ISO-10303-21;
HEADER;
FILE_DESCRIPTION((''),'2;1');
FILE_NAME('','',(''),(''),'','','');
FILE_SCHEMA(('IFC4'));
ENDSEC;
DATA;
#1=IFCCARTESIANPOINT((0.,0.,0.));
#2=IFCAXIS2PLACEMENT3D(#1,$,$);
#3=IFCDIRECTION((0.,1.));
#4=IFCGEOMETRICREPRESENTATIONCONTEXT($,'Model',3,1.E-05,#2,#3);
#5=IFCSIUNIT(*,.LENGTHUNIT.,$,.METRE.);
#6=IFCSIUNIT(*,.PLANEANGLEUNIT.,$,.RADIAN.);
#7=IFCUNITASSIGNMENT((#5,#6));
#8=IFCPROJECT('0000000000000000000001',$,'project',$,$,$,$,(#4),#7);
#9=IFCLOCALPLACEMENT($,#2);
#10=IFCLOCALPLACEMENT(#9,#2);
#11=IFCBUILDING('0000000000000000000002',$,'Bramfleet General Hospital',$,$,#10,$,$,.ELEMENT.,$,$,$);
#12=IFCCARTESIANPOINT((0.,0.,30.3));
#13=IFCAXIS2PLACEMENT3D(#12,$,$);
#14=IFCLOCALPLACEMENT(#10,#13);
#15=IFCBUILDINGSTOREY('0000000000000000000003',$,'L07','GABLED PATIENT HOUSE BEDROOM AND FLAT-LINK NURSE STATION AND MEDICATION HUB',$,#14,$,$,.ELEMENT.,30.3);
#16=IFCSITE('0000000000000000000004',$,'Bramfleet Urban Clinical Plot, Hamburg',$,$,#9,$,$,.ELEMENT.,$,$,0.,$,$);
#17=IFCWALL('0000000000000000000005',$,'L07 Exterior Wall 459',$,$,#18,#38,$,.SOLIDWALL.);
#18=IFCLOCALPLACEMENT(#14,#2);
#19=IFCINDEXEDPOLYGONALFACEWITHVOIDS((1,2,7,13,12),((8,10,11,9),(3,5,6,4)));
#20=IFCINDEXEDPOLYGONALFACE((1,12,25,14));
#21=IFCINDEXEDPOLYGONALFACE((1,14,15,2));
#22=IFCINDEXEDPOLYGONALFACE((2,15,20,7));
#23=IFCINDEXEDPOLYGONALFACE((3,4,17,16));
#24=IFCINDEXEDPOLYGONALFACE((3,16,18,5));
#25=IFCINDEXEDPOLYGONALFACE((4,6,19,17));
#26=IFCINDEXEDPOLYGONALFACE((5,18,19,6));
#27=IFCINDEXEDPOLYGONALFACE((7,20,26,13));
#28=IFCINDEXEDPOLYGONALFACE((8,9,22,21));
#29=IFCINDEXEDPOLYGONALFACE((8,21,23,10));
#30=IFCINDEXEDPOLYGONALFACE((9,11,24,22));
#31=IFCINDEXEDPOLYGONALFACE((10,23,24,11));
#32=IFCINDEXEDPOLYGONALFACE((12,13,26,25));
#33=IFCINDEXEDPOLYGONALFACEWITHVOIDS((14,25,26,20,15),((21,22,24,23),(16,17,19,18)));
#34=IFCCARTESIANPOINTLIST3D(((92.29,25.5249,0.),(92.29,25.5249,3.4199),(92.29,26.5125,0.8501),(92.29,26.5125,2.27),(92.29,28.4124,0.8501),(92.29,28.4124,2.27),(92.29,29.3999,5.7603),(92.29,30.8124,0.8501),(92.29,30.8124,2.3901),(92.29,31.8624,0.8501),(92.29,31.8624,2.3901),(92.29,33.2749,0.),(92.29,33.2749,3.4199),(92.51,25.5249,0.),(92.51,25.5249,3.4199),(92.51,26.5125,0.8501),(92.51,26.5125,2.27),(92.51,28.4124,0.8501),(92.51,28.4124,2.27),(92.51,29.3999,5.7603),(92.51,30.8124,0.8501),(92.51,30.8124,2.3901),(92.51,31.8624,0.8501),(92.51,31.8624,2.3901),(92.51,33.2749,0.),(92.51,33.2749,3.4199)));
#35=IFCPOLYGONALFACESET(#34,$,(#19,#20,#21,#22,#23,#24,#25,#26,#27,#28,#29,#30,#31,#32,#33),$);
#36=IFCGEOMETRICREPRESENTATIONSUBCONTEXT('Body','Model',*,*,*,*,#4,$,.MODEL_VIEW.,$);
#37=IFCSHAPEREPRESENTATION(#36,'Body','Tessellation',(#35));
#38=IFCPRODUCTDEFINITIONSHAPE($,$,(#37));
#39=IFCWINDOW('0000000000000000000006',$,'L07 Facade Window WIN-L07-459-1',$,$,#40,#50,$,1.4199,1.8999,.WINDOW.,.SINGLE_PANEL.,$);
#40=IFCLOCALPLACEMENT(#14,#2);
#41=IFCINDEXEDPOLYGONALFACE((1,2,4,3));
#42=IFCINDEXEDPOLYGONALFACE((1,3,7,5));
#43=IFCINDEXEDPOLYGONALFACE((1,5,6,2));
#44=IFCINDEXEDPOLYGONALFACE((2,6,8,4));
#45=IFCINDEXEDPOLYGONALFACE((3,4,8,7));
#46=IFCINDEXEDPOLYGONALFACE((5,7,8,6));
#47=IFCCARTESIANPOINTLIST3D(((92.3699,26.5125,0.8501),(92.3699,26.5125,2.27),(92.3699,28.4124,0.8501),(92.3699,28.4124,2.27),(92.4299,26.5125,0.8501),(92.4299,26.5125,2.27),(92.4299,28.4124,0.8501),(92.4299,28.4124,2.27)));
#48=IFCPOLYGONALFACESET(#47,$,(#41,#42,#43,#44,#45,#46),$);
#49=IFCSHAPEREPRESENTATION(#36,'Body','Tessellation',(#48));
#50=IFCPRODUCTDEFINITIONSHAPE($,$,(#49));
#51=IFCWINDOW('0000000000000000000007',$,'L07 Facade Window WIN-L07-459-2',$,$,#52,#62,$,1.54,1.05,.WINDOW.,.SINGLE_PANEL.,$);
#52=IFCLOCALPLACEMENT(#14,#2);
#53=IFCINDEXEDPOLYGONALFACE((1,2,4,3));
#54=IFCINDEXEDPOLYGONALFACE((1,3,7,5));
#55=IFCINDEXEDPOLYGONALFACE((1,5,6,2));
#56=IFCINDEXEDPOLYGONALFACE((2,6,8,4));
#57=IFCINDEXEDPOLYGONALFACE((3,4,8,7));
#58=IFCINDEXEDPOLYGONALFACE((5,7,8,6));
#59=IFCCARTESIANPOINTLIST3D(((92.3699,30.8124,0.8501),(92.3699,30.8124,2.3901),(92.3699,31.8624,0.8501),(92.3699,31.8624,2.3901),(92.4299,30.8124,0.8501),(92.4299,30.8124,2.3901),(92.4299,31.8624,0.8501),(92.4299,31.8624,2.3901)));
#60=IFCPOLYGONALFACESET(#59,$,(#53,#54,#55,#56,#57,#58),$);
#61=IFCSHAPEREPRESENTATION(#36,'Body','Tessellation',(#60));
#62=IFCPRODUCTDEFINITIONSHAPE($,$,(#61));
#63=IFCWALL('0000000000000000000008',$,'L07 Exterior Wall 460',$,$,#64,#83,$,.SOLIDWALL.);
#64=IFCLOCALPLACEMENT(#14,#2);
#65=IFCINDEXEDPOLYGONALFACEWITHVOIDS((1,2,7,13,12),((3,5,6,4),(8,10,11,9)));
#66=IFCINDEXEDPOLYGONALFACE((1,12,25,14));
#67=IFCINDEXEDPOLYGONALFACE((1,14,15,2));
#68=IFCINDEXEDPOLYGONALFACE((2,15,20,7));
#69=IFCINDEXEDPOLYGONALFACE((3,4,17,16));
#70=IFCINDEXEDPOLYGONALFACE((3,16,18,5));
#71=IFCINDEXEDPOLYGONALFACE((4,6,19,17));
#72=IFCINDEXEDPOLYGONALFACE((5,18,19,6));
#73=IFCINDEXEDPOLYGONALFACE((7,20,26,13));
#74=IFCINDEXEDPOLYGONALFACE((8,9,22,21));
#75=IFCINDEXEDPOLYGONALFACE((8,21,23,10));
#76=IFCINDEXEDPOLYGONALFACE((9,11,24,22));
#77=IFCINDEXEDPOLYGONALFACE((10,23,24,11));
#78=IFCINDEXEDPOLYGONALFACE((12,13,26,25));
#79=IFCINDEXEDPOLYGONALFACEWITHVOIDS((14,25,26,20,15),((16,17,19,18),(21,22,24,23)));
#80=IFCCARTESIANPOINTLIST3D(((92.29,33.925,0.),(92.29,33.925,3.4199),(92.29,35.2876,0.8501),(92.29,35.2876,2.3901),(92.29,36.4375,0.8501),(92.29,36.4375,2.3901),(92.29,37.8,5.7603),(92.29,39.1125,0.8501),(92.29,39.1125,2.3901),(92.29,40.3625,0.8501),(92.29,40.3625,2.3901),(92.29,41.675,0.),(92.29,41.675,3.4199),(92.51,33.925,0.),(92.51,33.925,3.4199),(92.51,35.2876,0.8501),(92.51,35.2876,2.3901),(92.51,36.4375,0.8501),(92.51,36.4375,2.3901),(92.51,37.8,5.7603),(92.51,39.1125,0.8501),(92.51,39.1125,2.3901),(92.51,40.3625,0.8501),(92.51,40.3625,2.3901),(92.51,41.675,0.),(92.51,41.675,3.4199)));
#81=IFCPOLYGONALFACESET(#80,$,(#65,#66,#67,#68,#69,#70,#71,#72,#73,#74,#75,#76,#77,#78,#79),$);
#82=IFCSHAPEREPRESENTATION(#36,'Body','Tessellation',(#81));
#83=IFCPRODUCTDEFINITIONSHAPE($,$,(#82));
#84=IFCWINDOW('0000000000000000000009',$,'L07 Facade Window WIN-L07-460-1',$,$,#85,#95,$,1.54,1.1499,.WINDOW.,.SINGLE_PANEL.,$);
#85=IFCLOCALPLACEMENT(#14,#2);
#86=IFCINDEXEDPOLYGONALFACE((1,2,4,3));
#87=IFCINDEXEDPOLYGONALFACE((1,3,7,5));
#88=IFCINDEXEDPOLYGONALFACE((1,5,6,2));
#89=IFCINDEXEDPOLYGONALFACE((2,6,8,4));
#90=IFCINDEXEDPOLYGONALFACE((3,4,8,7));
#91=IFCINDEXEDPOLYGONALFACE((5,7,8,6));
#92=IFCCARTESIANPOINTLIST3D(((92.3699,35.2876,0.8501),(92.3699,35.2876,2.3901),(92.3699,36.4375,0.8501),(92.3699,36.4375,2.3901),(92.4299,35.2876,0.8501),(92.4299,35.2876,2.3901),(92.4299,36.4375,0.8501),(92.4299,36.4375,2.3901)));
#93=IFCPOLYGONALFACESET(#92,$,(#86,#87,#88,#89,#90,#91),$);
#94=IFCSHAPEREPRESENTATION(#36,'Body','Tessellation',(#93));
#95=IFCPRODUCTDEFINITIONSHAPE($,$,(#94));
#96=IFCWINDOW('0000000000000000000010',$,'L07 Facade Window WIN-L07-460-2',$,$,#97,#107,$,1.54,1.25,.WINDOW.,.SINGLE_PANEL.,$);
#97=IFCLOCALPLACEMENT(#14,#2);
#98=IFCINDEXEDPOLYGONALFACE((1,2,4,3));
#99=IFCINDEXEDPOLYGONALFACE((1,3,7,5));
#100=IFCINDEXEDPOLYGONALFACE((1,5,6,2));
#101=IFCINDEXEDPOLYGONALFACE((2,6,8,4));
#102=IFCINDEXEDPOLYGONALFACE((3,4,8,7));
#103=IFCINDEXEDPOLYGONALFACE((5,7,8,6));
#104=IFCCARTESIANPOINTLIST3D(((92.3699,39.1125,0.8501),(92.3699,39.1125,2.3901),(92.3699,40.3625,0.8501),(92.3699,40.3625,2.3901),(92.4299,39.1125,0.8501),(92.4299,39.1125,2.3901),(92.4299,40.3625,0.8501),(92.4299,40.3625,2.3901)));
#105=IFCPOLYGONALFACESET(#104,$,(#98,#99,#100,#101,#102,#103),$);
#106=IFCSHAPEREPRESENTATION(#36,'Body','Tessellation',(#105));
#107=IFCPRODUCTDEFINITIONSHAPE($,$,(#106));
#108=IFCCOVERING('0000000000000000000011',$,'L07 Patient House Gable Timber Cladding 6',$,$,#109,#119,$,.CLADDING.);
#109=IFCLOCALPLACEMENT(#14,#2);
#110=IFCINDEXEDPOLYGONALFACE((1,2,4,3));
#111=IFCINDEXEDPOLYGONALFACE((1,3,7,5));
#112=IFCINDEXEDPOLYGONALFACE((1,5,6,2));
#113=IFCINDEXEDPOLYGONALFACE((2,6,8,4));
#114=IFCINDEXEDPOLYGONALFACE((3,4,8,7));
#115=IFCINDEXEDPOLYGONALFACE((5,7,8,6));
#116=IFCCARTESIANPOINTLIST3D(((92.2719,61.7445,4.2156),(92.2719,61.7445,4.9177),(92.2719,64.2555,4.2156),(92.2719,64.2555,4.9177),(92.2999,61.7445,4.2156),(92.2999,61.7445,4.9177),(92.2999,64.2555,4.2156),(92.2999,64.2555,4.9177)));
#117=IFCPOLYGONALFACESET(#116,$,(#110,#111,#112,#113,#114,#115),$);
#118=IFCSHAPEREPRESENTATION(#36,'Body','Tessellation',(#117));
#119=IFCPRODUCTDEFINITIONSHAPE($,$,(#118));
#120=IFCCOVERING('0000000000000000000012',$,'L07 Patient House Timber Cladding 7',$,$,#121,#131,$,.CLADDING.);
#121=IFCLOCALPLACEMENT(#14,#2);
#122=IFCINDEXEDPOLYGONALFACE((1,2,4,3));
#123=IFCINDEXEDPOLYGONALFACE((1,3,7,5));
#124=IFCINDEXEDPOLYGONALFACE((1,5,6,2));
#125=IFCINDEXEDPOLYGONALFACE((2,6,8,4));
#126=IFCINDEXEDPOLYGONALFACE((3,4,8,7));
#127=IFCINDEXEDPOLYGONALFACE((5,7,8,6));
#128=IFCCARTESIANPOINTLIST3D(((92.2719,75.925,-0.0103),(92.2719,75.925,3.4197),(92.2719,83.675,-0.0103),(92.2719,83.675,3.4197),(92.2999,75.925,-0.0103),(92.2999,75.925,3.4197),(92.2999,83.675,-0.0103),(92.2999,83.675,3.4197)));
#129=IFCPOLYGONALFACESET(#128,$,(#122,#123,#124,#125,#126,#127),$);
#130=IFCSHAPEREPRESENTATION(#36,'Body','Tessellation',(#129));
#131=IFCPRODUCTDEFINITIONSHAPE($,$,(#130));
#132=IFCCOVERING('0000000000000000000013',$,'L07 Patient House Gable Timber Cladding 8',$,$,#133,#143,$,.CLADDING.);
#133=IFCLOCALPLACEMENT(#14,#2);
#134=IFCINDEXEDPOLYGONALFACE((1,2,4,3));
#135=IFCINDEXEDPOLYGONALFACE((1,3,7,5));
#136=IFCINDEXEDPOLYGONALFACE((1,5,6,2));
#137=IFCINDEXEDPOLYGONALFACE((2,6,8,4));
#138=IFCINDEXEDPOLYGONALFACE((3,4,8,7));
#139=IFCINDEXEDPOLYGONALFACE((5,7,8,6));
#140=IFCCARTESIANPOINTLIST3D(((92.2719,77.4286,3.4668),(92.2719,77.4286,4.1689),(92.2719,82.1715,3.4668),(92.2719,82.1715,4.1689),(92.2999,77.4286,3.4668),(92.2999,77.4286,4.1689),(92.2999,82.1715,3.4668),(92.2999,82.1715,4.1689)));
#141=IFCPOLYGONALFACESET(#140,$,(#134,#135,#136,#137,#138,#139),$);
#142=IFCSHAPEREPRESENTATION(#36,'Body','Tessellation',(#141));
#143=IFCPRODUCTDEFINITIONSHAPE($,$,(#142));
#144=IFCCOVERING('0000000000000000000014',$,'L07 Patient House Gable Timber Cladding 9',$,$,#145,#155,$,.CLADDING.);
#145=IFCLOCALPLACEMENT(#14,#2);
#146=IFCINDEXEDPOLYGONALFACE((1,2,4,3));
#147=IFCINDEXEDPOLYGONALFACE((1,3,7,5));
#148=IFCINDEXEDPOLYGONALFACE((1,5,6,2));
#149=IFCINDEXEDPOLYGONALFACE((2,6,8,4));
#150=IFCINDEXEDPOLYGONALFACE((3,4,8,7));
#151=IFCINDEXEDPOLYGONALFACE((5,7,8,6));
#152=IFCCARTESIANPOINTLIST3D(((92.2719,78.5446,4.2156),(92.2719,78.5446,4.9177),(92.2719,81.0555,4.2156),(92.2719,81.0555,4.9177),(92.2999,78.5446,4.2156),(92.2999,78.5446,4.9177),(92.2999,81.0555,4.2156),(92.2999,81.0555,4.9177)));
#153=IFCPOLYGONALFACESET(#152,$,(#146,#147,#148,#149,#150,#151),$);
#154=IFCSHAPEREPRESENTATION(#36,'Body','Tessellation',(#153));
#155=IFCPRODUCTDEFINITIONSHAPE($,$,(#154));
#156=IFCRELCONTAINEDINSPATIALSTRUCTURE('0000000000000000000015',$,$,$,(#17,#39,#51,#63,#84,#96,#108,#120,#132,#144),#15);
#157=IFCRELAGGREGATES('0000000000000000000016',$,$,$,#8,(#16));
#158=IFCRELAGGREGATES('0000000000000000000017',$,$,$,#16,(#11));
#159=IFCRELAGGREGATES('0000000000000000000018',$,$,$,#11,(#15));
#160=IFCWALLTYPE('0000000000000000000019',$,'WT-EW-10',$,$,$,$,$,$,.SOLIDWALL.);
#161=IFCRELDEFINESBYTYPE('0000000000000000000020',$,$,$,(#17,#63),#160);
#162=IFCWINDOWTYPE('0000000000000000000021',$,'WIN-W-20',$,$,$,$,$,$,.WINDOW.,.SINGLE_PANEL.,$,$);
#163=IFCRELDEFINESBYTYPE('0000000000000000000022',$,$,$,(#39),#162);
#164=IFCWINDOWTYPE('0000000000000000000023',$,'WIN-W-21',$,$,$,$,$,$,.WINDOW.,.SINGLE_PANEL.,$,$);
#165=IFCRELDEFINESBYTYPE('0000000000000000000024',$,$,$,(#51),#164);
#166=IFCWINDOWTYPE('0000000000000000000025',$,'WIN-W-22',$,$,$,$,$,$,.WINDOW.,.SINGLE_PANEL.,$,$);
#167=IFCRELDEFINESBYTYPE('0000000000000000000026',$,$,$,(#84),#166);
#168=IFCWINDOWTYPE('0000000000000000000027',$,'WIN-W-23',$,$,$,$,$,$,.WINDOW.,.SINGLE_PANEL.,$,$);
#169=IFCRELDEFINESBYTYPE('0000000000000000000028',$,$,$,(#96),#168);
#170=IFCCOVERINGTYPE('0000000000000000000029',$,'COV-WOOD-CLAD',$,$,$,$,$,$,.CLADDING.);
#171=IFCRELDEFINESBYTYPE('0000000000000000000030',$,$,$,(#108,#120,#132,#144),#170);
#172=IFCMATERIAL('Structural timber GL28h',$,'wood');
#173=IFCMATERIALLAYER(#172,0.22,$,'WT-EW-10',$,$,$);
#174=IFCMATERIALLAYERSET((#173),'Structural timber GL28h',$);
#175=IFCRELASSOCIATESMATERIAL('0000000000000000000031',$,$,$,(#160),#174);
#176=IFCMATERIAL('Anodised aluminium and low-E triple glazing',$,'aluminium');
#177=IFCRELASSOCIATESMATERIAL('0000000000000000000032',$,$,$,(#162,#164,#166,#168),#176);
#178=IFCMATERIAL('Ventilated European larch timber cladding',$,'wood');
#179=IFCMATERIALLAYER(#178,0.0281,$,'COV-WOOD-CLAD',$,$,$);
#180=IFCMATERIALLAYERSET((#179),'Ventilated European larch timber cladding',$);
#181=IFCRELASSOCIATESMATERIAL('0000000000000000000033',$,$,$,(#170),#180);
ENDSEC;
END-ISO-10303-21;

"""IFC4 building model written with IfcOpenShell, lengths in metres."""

from ifc_helpers import new_model, si_unit, direction, frame, frame_2d, origin, origin_2d, place, context, subcontext, project, spatial, polyline, rectangle, outline, extrude, material, layer, layer_set, type_object, element, fill, save


model = new_model("IFC4")

# Units and contexts
model_context = context("Model", 3, precision=1e-05, world=origin(), true_north=direction((0.0, 1.0)))
body_context = subcontext(model_context, "Body", "Model", "MODEL_VIEW")
ifc_project = project(units=[si_unit("LENGTHUNIT", "METRE"), si_unit("PLANEANGLEUNIT", "RADIAN")], contexts=[model_context])

# Site, building, storey
site_placement = place(None, origin())
site = spatial("IfcSite", under=ifc_project, at=site_placement, Name="Bramfleet Urban Clinical Plot, Hamburg", CompositionType="ELEMENT", RefElevation=0.0)
building_placement = place(site_placement, origin())
building = spatial("IfcBuilding", under=site, at=building_placement, Name="Bramfleet General Hospital", CompositionType="ELEMENT")
storey_placement = place(building_placement, frame((0.0, 0.0, 30.3)))
storey = spatial("IfcBuildingStorey", under=building, at=storey_placement, Name="L07", Description="GABLED PATIENT HOUSE BEDROOM AND FLAT-LINK NURSE STATION AND MEDICATION HUB", CompositionType="ELEMENT", Elevation=30.3)

# Walls, openings, windows
ifc_material_1 = material(Name="Structural timber GL28h", Category="wood")
ifc_layer_1 = layer(ifc_material_1, 0.22, Name="WT-EW-10")
ifc_layer_set_1 = layer_set([ifc_layer_1], Name="Structural timber GL28h")
wall_type = type_object("IfcWallType", Name="WT-EW-10", PredefinedType="SOLIDWALL", material=ifc_layer_set_1)
wall_1_placement = place(storey_placement, frame((92.3999, 25.5249, 0.0), z_axis=(0.0, 0.0, 1.0), x_axis=(0.0, 1.0, 0.0)))
wall_1 = element("IfcWall", 1, at=wall_1_placement, inside=storey, type_object=wall_type, Name="L07 Exterior Wall 459", PredefinedType="SOLIDWALL", context=body_context, shape_type="SweptSolid", body=[
    extrude(outline(polyline([(0.0, 0.0), (7.75, 0.0), (7.75, 3.4199), (3.875, 5.7603), (0.0, 3.4199), (0.0, 0.0)])), frame((0.0, 0.1099, 0.0), z_axis=(0.0, -1.0, 0.0), x_axis=(1.0, 0.0, 0.0)), (0.0, 0.0, 1.0), 0.22),
])
opening_1_placement = place(wall_1_placement, frame((0.9875, 0.0, 0.8501)))
opening_1 = element("IfcOpeningElement", 2, at=opening_1_placement, cuts=wall_1, PredefinedType="OPENING", context=body_context, shape_type="SweptSolid", body=[
    extrude(rectangle(XDim=1.8999, YDim=1.4199, at=frame_2d((0.95, 0.71))), frame((0.0, 0.1199, 0.0), z_axis=(0.0, -1.0, 0.0), x_axis=(1.0, 0.0, 0.0)), (0.0, 0.0, 1.0), 0.24),
])
opening_2_placement = place(wall_1_placement, frame((5.2876, 0.0, 0.8501)))
opening_2 = element("IfcOpeningElement", 3, at=opening_2_placement, cuts=wall_1, PredefinedType="OPENING", context=body_context, shape_type="SweptSolid", body=[
    extrude(rectangle(XDim=1.05, YDim=1.54, at=frame_2d((0.5249, 0.77))), frame((0.0, 0.1199, 0.0), z_axis=(0.0, -1.0, 0.0), x_axis=(1.0, 0.0, 0.0)), (0.0, 0.0, 1.0), 0.24),
])
ifc_material_2 = material(Name="Anodised aluminium and low-E triple glazing", Category="aluminium")
window_type_1 = type_object("IfcWindowType", Name="WIN-W-20", PartitioningType="SINGLE_PANEL", PredefinedType="WINDOW", material=ifc_material_2)
window_1_placement = place(opening_1_placement, origin())
window_1 = element("IfcWindow", 4, at=window_1_placement, inside=storey, type_object=window_type_1, Name="L07 Facade Window WIN-L07-459-1", OverallHeight=1.4199, OverallWidth=1.8999, PartitioningType="SINGLE_PANEL", PredefinedType="WINDOW", context=body_context, shape_type="SweptSolid", body=[
    extrude(rectangle(XDim=1.8999, YDim=1.4199, at=frame_2d((0.95, 0.71))), frame((0.0, 0.03, 0.0), z_axis=(0.0, -1.0, 0.0), x_axis=(1.0, 0.0, 0.0)), (0.0, 0.0, 1.0), 0.0601),
])
fill(opening_1, window_1)
window_type_2 = type_object("IfcWindowType", Name="WIN-W-21", PartitioningType="SINGLE_PANEL", PredefinedType="WINDOW", material=ifc_material_2)
window_2_placement = place(opening_2_placement, origin())
window_2 = element("IfcWindow", 5, at=window_2_placement, inside=storey, type_object=window_type_2, Name="L07 Facade Window WIN-L07-459-2", OverallHeight=1.54, OverallWidth=1.05, PartitioningType="SINGLE_PANEL", PredefinedType="WINDOW", context=body_context, shape_type="SweptSolid", body=[
    extrude(rectangle(XDim=1.05, YDim=1.54, at=frame_2d((0.5249, 0.77))), frame((0.0, 0.03, 0.0), z_axis=(0.0, -1.0, 0.0), x_axis=(1.0, 0.0, 0.0)), (0.0, 0.0, 1.0), 0.0601),
])
fill(opening_2, window_2)
wall_2_placement = place(storey_placement, frame((92.3999, 33.925, 0.0), z_axis=(0.0, 0.0, 1.0), x_axis=(0.0, 1.0, 0.0)))
wall_2 = element("IfcWall", 6, at=wall_2_placement, inside=storey, type_object=wall_type, Name="L07 Exterior Wall 460", PredefinedType="SOLIDWALL", context=body_context, shape_type="SweptSolid", body=[
    extrude(outline(polyline([(0.0, 0.0), (7.75, 0.0), (7.75, 3.4199), (3.875, 5.7603), (0.0, 3.4199), (0.0, 0.0)])), frame((0.0, 0.1099, 0.0), z_axis=(0.0, -1.0, 0.0), x_axis=(1.0, 0.0, 0.0)), (0.0, 0.0, 1.0), 0.22),
])
opening_3_placement = place(wall_2_placement, frame((1.3625, 0.0, 0.8501)))
opening_3 = element("IfcOpeningElement", 7, at=opening_3_placement, cuts=wall_2, PredefinedType="OPENING", context=body_context, shape_type="SweptSolid", body=[
    extrude(rectangle(XDim=1.1499, YDim=1.54, at=frame_2d((0.575, 0.77))), frame((0.0, 0.1199, 0.0), z_axis=(0.0, -1.0, 0.0), x_axis=(1.0, 0.0, 0.0)), (0.0, 0.0, 1.0), 0.24),
])
opening_4_placement = place(wall_2_placement, frame((5.1875, 0.0, 0.8501)))
opening_4 = element("IfcOpeningElement", 8, at=opening_4_placement, cuts=wall_2, PredefinedType="OPENING", context=body_context, shape_type="SweptSolid", body=[
    extrude(rectangle(XDim=1.25, YDim=1.54, at=frame_2d((0.625, 0.77))), frame((0.0, 0.1199, 0.0), z_axis=(0.0, -1.0, 0.0), x_axis=(1.0, 0.0, 0.0)), (0.0, 0.0, 1.0), 0.24),
])
window_type_3 = type_object("IfcWindowType", Name="WIN-W-22", PartitioningType="SINGLE_PANEL", PredefinedType="WINDOW", material=ifc_material_2)
window_3_placement = place(opening_3_placement, origin())
window_3 = element("IfcWindow", 9, at=window_3_placement, inside=storey, type_object=window_type_3, Name="L07 Facade Window WIN-L07-460-1", OverallHeight=1.54, OverallWidth=1.1499, PartitioningType="SINGLE_PANEL", PredefinedType="WINDOW", context=body_context, shape_type="SweptSolid", body=[
    extrude(rectangle(XDim=1.1499, YDim=1.54, at=frame_2d((0.575, 0.77))), frame((0.0, 0.03, 0.0), z_axis=(0.0, -1.0, 0.0), x_axis=(1.0, 0.0, 0.0)), (0.0, 0.0, 1.0), 0.0601),
])
fill(opening_3, window_3)
window_type_4 = type_object("IfcWindowType", Name="WIN-W-23", PartitioningType="SINGLE_PANEL", PredefinedType="WINDOW", material=ifc_material_2)
window_4_placement = place(opening_4_placement, origin())
window_4 = element("IfcWindow", 10, at=window_4_placement, inside=storey, type_object=window_type_4, Name="L07 Facade Window WIN-L07-460-2", OverallHeight=1.54, OverallWidth=1.25, PartitioningType="SINGLE_PANEL", PredefinedType="WINDOW", context=body_context, shape_type="SweptSolid", body=[
    extrude(rectangle(XDim=1.25, YDim=1.54, at=frame_2d((0.625, 0.77))), frame((0.0, 0.03, 0.0), z_axis=(0.0, -1.0, 0.0), x_axis=(1.0, 0.0, 0.0)), (0.0, 0.0, 1.0), 0.0601),
])
fill(opening_4, window_4)

# Coverings
ifc_material_3 = material(Name="Ventilated European larch timber cladding", Category="wood")
ifc_layer_2 = layer(ifc_material_3, 0.0281, Name="COV-WOOD-CLAD")
ifc_layer_set_2 = layer_set([ifc_layer_2], Name="Ventilated European larch timber cladding")
covering_type = type_object("IfcCoveringType", Name="COV-WOOD-CLAD", PredefinedType="CLADDING", material=ifc_layer_set_2)
covering_1_placement = place(storey_placement, frame((92.2859, 63.0, 4.2156), z_axis=(0.0, 0.0, 1.0), x_axis=(0.0, 1.0, 0.0)))
element("IfcCovering", 11, at=covering_1_placement, inside=storey, type_object=covering_type, Name="L07 Patient House Gable Timber Cladding 6", PredefinedType="CLADDING", context=body_context, shape_type="SweptSolid", body=[
    extrude(rectangle(XDim=2.511, YDim=0.0281, at=origin_2d()), origin(), (0.0, 0.0, 1.0), 0.7021),
])
covering_2_placement = place(storey_placement, frame((92.2859, 79.8, -0.0103), z_axis=(0.0, 0.0, 1.0), x_axis=(0.0, 1.0, 0.0)))
element("IfcCovering", 12, at=covering_2_placement, inside=storey, type_object=covering_type, Name="L07 Patient House Timber Cladding 7", PredefinedType="CLADDING", context=body_context, shape_type="SweptSolid", body=[
    extrude(rectangle(XDim=7.75, YDim=0.0281, at=origin_2d()), origin(), (0.0, 0.0, 1.0), 3.4299),
])
covering_3_placement = place(storey_placement, frame((92.2859, 79.8, 3.4668), z_axis=(0.0, 0.0, 1.0), x_axis=(0.0, 1.0, 0.0)))
element("IfcCovering", 13, at=covering_3_placement, inside=storey, type_object=covering_type, Name="L07 Patient House Gable Timber Cladding 8", PredefinedType="CLADDING", context=body_context, shape_type="SweptSolid", body=[
    extrude(rectangle(XDim=4.7429, YDim=0.0281, at=origin_2d()), origin(), (0.0, 0.0, 1.0), 0.7021),
])
covering_4_placement = place(storey_placement, frame((92.2859, 79.8, 4.2156), z_axis=(0.0, 0.0, 1.0), x_axis=(0.0, 1.0, 0.0)))
element("IfcCovering", 14, at=covering_4_placement, inside=storey, type_object=covering_type, Name="L07 Patient House Gable Timber Cladding 9", PredefinedType="CLADDING", context=body_context, shape_type="SweptSolid", body=[
    extrude(rectangle(XDim=2.511, YDim=0.0281, at=origin_2d()), origin(), (0.0, 0.0, 1.0), 0.7021),
])

save(model, "model.ifc")
